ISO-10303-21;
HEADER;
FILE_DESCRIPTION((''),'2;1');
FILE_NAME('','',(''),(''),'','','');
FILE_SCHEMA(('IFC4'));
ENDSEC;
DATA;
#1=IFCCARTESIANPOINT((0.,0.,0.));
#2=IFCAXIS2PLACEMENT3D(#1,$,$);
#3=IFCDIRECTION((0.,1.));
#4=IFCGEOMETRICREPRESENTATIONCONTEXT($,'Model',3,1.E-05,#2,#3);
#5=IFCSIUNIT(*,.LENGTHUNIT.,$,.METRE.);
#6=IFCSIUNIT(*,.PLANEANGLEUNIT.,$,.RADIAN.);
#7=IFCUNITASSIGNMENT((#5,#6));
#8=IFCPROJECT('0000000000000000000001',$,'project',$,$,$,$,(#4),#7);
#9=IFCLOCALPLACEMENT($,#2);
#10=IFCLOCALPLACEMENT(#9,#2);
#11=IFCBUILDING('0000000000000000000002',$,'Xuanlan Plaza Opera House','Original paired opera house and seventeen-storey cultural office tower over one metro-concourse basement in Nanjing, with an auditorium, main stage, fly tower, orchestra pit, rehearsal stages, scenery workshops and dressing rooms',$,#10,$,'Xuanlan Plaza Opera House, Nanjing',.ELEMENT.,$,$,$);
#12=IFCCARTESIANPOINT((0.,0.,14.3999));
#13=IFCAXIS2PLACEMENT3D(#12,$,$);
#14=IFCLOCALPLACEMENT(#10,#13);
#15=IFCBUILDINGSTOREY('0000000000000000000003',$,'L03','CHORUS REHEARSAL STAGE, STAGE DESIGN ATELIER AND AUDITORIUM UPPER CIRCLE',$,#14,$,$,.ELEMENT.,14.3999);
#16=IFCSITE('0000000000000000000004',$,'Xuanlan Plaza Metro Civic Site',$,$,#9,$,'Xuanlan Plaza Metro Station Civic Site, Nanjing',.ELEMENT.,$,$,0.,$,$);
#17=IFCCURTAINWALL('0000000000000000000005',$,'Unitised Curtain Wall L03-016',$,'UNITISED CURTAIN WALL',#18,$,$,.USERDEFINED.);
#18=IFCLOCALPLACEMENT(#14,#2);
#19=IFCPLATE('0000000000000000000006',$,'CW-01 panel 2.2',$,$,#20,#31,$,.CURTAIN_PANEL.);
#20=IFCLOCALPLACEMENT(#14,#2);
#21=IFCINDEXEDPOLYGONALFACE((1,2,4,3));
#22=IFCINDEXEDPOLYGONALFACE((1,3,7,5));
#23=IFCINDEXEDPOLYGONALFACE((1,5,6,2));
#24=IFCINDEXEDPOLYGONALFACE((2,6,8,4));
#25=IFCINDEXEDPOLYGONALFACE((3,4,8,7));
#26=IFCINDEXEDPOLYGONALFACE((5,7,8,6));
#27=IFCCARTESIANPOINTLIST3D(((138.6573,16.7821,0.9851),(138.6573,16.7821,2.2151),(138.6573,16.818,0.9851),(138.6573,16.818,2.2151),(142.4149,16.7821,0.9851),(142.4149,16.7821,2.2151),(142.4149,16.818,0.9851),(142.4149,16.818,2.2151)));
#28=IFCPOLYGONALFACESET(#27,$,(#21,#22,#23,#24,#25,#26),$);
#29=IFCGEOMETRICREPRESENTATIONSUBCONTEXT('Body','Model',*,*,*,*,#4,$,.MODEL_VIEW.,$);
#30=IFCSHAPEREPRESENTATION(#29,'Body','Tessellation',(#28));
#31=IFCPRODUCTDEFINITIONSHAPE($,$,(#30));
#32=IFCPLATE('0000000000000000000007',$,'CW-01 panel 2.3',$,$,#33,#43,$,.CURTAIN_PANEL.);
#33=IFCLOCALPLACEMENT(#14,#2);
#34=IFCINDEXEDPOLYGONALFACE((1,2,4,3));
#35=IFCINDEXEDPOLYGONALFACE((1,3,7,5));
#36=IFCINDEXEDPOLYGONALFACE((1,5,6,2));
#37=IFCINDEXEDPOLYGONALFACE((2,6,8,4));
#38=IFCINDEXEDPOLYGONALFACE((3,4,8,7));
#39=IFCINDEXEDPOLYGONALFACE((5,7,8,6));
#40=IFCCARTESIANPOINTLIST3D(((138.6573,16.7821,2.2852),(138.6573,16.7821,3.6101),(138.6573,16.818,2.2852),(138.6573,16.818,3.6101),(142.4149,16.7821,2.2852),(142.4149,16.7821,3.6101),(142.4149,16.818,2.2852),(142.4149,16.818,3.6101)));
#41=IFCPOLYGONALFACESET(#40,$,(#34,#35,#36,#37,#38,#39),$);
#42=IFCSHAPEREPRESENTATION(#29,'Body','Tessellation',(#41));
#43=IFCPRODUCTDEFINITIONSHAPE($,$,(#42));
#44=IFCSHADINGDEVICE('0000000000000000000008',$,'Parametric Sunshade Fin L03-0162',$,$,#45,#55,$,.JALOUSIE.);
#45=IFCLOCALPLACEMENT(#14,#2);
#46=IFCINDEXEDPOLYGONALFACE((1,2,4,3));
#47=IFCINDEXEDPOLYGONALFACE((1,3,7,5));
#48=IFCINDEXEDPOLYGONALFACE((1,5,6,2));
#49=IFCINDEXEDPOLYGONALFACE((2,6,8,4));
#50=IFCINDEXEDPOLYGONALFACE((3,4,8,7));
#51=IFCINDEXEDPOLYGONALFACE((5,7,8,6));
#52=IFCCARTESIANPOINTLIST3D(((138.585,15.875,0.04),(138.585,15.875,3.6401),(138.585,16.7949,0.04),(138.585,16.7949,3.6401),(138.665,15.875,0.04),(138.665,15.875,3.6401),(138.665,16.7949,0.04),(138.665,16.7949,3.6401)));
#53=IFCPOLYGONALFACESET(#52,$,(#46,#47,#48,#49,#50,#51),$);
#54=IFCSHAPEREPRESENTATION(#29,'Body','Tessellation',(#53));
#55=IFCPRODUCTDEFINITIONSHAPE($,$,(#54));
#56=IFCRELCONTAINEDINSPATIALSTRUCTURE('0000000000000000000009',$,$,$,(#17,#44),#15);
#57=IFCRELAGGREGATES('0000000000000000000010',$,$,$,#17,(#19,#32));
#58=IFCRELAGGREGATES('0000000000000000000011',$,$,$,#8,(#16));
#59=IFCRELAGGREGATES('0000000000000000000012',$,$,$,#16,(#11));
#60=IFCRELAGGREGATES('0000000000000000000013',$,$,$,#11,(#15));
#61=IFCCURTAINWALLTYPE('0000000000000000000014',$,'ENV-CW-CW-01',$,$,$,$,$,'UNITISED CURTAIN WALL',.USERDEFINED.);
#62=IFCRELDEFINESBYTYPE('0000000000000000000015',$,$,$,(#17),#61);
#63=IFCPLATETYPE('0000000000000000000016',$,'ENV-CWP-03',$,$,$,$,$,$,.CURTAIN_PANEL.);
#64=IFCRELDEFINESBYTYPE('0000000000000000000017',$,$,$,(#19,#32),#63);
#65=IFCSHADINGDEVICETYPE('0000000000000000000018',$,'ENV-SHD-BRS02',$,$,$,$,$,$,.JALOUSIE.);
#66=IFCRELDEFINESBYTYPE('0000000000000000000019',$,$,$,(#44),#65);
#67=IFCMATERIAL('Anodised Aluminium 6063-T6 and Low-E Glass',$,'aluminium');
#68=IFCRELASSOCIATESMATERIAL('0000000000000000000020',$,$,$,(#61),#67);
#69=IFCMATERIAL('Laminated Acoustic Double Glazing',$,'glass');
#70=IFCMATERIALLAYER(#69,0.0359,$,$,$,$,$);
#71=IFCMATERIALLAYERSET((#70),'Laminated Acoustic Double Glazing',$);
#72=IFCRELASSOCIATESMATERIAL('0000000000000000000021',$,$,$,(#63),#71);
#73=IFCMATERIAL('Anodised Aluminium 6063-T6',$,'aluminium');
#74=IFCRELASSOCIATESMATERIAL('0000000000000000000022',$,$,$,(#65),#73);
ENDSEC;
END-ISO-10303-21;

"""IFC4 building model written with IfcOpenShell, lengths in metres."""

from ifc_helpers import new_model, si_unit, direction, frame, origin, origin_2d, place, context, subcontext, project, spatial, rectangle, extrude, material, layer, layer_set, type_object, element, aggregate, save


model = new_model("IFC4")

# Units and contexts
model_context = context("Model", 3, precision=1e-05, world=origin(), true_north=direction((0.0, 1.0)))
body_context = subcontext(model_context, "Body", "Model", "MODEL_VIEW")
ifc_project = project(units=[si_unit("LENGTHUNIT", "METRE"), si_unit("PLANEANGLEUNIT", "RADIAN")], contexts=[model_context])

# Site, building, storey
site_placement = place(None, origin())
site = spatial("IfcSite", under=ifc_project, at=site_placement, Name="Xuanlan Plaza Metro Civic Site", LongName="Xuanlan Plaza Metro Station Civic Site, Nanjing", CompositionType="ELEMENT", RefElevation=0.0)
building_placement = place(site_placement, origin())
building = spatial("IfcBuilding", under=site, at=building_placement, Name="Xuanlan Plaza Opera House", Description="Original paired opera house and seventeen-storey cultural office tower over one metro-concourse basement in Nanjing, with an auditorium, main stage, fly tower, orchestra pit, rehearsal stages, scenery workshops and dressing rooms", LongName="Xuanlan Plaza Opera House, Nanjing", CompositionType="ELEMENT")
storey_placement = place(building_placement, frame((0.0, 0.0, 14.3999)))
storey = spatial("IfcBuildingStorey", under=building, at=storey_placement, Name="L03", Description="CHORUS REHEARSAL STAGE, STAGE DESIGN ATELIER AND AUDITORIUM UPPER CIRCLE", CompositionType="ELEMENT", Elevation=14.3999)

# Curtain wall
ifc_material_1 = material(Name="Anodised Aluminium 6063-T6 and Low-E Glass", Category="aluminium")
curtain_wall_type_1 = type_object("IfcCurtainWallType", Name="ENV-CW-CW-01", ElementType="UNITISED CURTAIN WALL", PredefinedType="USERDEFINED", material=ifc_material_1)
curtain_wall_1_placement = place(storey_placement, origin())
curtain_wall_1 = element("IfcCurtainWall", 1, at=curtain_wall_1_placement, inside=storey, type_object=curtain_wall_type_1, Name="Unitised Curtain Wall L03-016", ObjectType="UNITISED CURTAIN WALL", PredefinedType="USERDEFINED")
ifc_material_2 = material(Name="Anodised Aluminium 6063-T6", Category="aluminium")

# Plates
ifc_material_3 = material(Name="Laminated Acoustic Double Glazing", Category="glass")
ifc_layer_1 = layer(ifc_material_3, 0.0359)
ifc_layer_set_1 = layer_set([ifc_layer_1], Name="Laminated Acoustic Double Glazing")
plate_type_1 = type_object("IfcPlateType", Name="ENV-CWP-03", PredefinedType="CURTAIN_PANEL", material=ifc_layer_set_1)
plate_1_placement = place(storey_placement, frame((140.5361, 16.8, 0.9851), z_axis=(0.0, 0.0, 1.0), x_axis=(1.0, 0.0, 0.0)))
plate_1 = element("IfcPlate", 2, at=plate_1_placement, type_object=plate_type_1, Name="CW-01 panel 2.2", PredefinedType="CURTAIN_PANEL", context=body_context, shape_type="SweptSolid", body=[
    extrude(rectangle(XDim=3.7576, YDim=0.0359, at=origin_2d()), origin(), (0.0, 0.0, 1.0), 1.23),
])
plate_2_placement = place(storey_placement, frame((140.5361, 16.8, 2.2852), z_axis=(0.0, 0.0, 1.0), x_axis=(1.0, 0.0, 0.0)))
plate_2 = element("IfcPlate", 3, at=plate_2_placement, type_object=plate_type_1, Name="CW-01 panel 2.3", PredefinedType="CURTAIN_PANEL", context=body_context, shape_type="SweptSolid", body=[
    extrude(rectangle(XDim=3.7576, YDim=0.0359, at=origin_2d()), origin(), (0.0, 0.0, 1.0), 1.325),
])
aggregate(curtain_wall_1, [plate_1, plate_2])

# Shading device
shading_device_type = type_object("IfcShadingDeviceType", Name="ENV-SHD-BRS02", PredefinedType="JALOUSIE", material=ifc_material_2)
shading_device_placement = place(storey_placement, frame((138.625, 16.335, 0.04), z_axis=(0.0, 0.0, 1.0), x_axis=(0.0, -1.0, 0.0)))
element("IfcShadingDevice", 4, at=shading_device_placement, inside=storey, type_object=shading_device_type, Name="Parametric Sunshade Fin L03-0162", PredefinedType="JALOUSIE", context=body_context, shape_type="SweptSolid", body=[
    extrude(rectangle(XDim=0.9199, YDim=0.0801, at=origin_2d()), origin(), (0.0, 0.0, 1.0), 3.6001),
])

save(model, "model.ifc")
